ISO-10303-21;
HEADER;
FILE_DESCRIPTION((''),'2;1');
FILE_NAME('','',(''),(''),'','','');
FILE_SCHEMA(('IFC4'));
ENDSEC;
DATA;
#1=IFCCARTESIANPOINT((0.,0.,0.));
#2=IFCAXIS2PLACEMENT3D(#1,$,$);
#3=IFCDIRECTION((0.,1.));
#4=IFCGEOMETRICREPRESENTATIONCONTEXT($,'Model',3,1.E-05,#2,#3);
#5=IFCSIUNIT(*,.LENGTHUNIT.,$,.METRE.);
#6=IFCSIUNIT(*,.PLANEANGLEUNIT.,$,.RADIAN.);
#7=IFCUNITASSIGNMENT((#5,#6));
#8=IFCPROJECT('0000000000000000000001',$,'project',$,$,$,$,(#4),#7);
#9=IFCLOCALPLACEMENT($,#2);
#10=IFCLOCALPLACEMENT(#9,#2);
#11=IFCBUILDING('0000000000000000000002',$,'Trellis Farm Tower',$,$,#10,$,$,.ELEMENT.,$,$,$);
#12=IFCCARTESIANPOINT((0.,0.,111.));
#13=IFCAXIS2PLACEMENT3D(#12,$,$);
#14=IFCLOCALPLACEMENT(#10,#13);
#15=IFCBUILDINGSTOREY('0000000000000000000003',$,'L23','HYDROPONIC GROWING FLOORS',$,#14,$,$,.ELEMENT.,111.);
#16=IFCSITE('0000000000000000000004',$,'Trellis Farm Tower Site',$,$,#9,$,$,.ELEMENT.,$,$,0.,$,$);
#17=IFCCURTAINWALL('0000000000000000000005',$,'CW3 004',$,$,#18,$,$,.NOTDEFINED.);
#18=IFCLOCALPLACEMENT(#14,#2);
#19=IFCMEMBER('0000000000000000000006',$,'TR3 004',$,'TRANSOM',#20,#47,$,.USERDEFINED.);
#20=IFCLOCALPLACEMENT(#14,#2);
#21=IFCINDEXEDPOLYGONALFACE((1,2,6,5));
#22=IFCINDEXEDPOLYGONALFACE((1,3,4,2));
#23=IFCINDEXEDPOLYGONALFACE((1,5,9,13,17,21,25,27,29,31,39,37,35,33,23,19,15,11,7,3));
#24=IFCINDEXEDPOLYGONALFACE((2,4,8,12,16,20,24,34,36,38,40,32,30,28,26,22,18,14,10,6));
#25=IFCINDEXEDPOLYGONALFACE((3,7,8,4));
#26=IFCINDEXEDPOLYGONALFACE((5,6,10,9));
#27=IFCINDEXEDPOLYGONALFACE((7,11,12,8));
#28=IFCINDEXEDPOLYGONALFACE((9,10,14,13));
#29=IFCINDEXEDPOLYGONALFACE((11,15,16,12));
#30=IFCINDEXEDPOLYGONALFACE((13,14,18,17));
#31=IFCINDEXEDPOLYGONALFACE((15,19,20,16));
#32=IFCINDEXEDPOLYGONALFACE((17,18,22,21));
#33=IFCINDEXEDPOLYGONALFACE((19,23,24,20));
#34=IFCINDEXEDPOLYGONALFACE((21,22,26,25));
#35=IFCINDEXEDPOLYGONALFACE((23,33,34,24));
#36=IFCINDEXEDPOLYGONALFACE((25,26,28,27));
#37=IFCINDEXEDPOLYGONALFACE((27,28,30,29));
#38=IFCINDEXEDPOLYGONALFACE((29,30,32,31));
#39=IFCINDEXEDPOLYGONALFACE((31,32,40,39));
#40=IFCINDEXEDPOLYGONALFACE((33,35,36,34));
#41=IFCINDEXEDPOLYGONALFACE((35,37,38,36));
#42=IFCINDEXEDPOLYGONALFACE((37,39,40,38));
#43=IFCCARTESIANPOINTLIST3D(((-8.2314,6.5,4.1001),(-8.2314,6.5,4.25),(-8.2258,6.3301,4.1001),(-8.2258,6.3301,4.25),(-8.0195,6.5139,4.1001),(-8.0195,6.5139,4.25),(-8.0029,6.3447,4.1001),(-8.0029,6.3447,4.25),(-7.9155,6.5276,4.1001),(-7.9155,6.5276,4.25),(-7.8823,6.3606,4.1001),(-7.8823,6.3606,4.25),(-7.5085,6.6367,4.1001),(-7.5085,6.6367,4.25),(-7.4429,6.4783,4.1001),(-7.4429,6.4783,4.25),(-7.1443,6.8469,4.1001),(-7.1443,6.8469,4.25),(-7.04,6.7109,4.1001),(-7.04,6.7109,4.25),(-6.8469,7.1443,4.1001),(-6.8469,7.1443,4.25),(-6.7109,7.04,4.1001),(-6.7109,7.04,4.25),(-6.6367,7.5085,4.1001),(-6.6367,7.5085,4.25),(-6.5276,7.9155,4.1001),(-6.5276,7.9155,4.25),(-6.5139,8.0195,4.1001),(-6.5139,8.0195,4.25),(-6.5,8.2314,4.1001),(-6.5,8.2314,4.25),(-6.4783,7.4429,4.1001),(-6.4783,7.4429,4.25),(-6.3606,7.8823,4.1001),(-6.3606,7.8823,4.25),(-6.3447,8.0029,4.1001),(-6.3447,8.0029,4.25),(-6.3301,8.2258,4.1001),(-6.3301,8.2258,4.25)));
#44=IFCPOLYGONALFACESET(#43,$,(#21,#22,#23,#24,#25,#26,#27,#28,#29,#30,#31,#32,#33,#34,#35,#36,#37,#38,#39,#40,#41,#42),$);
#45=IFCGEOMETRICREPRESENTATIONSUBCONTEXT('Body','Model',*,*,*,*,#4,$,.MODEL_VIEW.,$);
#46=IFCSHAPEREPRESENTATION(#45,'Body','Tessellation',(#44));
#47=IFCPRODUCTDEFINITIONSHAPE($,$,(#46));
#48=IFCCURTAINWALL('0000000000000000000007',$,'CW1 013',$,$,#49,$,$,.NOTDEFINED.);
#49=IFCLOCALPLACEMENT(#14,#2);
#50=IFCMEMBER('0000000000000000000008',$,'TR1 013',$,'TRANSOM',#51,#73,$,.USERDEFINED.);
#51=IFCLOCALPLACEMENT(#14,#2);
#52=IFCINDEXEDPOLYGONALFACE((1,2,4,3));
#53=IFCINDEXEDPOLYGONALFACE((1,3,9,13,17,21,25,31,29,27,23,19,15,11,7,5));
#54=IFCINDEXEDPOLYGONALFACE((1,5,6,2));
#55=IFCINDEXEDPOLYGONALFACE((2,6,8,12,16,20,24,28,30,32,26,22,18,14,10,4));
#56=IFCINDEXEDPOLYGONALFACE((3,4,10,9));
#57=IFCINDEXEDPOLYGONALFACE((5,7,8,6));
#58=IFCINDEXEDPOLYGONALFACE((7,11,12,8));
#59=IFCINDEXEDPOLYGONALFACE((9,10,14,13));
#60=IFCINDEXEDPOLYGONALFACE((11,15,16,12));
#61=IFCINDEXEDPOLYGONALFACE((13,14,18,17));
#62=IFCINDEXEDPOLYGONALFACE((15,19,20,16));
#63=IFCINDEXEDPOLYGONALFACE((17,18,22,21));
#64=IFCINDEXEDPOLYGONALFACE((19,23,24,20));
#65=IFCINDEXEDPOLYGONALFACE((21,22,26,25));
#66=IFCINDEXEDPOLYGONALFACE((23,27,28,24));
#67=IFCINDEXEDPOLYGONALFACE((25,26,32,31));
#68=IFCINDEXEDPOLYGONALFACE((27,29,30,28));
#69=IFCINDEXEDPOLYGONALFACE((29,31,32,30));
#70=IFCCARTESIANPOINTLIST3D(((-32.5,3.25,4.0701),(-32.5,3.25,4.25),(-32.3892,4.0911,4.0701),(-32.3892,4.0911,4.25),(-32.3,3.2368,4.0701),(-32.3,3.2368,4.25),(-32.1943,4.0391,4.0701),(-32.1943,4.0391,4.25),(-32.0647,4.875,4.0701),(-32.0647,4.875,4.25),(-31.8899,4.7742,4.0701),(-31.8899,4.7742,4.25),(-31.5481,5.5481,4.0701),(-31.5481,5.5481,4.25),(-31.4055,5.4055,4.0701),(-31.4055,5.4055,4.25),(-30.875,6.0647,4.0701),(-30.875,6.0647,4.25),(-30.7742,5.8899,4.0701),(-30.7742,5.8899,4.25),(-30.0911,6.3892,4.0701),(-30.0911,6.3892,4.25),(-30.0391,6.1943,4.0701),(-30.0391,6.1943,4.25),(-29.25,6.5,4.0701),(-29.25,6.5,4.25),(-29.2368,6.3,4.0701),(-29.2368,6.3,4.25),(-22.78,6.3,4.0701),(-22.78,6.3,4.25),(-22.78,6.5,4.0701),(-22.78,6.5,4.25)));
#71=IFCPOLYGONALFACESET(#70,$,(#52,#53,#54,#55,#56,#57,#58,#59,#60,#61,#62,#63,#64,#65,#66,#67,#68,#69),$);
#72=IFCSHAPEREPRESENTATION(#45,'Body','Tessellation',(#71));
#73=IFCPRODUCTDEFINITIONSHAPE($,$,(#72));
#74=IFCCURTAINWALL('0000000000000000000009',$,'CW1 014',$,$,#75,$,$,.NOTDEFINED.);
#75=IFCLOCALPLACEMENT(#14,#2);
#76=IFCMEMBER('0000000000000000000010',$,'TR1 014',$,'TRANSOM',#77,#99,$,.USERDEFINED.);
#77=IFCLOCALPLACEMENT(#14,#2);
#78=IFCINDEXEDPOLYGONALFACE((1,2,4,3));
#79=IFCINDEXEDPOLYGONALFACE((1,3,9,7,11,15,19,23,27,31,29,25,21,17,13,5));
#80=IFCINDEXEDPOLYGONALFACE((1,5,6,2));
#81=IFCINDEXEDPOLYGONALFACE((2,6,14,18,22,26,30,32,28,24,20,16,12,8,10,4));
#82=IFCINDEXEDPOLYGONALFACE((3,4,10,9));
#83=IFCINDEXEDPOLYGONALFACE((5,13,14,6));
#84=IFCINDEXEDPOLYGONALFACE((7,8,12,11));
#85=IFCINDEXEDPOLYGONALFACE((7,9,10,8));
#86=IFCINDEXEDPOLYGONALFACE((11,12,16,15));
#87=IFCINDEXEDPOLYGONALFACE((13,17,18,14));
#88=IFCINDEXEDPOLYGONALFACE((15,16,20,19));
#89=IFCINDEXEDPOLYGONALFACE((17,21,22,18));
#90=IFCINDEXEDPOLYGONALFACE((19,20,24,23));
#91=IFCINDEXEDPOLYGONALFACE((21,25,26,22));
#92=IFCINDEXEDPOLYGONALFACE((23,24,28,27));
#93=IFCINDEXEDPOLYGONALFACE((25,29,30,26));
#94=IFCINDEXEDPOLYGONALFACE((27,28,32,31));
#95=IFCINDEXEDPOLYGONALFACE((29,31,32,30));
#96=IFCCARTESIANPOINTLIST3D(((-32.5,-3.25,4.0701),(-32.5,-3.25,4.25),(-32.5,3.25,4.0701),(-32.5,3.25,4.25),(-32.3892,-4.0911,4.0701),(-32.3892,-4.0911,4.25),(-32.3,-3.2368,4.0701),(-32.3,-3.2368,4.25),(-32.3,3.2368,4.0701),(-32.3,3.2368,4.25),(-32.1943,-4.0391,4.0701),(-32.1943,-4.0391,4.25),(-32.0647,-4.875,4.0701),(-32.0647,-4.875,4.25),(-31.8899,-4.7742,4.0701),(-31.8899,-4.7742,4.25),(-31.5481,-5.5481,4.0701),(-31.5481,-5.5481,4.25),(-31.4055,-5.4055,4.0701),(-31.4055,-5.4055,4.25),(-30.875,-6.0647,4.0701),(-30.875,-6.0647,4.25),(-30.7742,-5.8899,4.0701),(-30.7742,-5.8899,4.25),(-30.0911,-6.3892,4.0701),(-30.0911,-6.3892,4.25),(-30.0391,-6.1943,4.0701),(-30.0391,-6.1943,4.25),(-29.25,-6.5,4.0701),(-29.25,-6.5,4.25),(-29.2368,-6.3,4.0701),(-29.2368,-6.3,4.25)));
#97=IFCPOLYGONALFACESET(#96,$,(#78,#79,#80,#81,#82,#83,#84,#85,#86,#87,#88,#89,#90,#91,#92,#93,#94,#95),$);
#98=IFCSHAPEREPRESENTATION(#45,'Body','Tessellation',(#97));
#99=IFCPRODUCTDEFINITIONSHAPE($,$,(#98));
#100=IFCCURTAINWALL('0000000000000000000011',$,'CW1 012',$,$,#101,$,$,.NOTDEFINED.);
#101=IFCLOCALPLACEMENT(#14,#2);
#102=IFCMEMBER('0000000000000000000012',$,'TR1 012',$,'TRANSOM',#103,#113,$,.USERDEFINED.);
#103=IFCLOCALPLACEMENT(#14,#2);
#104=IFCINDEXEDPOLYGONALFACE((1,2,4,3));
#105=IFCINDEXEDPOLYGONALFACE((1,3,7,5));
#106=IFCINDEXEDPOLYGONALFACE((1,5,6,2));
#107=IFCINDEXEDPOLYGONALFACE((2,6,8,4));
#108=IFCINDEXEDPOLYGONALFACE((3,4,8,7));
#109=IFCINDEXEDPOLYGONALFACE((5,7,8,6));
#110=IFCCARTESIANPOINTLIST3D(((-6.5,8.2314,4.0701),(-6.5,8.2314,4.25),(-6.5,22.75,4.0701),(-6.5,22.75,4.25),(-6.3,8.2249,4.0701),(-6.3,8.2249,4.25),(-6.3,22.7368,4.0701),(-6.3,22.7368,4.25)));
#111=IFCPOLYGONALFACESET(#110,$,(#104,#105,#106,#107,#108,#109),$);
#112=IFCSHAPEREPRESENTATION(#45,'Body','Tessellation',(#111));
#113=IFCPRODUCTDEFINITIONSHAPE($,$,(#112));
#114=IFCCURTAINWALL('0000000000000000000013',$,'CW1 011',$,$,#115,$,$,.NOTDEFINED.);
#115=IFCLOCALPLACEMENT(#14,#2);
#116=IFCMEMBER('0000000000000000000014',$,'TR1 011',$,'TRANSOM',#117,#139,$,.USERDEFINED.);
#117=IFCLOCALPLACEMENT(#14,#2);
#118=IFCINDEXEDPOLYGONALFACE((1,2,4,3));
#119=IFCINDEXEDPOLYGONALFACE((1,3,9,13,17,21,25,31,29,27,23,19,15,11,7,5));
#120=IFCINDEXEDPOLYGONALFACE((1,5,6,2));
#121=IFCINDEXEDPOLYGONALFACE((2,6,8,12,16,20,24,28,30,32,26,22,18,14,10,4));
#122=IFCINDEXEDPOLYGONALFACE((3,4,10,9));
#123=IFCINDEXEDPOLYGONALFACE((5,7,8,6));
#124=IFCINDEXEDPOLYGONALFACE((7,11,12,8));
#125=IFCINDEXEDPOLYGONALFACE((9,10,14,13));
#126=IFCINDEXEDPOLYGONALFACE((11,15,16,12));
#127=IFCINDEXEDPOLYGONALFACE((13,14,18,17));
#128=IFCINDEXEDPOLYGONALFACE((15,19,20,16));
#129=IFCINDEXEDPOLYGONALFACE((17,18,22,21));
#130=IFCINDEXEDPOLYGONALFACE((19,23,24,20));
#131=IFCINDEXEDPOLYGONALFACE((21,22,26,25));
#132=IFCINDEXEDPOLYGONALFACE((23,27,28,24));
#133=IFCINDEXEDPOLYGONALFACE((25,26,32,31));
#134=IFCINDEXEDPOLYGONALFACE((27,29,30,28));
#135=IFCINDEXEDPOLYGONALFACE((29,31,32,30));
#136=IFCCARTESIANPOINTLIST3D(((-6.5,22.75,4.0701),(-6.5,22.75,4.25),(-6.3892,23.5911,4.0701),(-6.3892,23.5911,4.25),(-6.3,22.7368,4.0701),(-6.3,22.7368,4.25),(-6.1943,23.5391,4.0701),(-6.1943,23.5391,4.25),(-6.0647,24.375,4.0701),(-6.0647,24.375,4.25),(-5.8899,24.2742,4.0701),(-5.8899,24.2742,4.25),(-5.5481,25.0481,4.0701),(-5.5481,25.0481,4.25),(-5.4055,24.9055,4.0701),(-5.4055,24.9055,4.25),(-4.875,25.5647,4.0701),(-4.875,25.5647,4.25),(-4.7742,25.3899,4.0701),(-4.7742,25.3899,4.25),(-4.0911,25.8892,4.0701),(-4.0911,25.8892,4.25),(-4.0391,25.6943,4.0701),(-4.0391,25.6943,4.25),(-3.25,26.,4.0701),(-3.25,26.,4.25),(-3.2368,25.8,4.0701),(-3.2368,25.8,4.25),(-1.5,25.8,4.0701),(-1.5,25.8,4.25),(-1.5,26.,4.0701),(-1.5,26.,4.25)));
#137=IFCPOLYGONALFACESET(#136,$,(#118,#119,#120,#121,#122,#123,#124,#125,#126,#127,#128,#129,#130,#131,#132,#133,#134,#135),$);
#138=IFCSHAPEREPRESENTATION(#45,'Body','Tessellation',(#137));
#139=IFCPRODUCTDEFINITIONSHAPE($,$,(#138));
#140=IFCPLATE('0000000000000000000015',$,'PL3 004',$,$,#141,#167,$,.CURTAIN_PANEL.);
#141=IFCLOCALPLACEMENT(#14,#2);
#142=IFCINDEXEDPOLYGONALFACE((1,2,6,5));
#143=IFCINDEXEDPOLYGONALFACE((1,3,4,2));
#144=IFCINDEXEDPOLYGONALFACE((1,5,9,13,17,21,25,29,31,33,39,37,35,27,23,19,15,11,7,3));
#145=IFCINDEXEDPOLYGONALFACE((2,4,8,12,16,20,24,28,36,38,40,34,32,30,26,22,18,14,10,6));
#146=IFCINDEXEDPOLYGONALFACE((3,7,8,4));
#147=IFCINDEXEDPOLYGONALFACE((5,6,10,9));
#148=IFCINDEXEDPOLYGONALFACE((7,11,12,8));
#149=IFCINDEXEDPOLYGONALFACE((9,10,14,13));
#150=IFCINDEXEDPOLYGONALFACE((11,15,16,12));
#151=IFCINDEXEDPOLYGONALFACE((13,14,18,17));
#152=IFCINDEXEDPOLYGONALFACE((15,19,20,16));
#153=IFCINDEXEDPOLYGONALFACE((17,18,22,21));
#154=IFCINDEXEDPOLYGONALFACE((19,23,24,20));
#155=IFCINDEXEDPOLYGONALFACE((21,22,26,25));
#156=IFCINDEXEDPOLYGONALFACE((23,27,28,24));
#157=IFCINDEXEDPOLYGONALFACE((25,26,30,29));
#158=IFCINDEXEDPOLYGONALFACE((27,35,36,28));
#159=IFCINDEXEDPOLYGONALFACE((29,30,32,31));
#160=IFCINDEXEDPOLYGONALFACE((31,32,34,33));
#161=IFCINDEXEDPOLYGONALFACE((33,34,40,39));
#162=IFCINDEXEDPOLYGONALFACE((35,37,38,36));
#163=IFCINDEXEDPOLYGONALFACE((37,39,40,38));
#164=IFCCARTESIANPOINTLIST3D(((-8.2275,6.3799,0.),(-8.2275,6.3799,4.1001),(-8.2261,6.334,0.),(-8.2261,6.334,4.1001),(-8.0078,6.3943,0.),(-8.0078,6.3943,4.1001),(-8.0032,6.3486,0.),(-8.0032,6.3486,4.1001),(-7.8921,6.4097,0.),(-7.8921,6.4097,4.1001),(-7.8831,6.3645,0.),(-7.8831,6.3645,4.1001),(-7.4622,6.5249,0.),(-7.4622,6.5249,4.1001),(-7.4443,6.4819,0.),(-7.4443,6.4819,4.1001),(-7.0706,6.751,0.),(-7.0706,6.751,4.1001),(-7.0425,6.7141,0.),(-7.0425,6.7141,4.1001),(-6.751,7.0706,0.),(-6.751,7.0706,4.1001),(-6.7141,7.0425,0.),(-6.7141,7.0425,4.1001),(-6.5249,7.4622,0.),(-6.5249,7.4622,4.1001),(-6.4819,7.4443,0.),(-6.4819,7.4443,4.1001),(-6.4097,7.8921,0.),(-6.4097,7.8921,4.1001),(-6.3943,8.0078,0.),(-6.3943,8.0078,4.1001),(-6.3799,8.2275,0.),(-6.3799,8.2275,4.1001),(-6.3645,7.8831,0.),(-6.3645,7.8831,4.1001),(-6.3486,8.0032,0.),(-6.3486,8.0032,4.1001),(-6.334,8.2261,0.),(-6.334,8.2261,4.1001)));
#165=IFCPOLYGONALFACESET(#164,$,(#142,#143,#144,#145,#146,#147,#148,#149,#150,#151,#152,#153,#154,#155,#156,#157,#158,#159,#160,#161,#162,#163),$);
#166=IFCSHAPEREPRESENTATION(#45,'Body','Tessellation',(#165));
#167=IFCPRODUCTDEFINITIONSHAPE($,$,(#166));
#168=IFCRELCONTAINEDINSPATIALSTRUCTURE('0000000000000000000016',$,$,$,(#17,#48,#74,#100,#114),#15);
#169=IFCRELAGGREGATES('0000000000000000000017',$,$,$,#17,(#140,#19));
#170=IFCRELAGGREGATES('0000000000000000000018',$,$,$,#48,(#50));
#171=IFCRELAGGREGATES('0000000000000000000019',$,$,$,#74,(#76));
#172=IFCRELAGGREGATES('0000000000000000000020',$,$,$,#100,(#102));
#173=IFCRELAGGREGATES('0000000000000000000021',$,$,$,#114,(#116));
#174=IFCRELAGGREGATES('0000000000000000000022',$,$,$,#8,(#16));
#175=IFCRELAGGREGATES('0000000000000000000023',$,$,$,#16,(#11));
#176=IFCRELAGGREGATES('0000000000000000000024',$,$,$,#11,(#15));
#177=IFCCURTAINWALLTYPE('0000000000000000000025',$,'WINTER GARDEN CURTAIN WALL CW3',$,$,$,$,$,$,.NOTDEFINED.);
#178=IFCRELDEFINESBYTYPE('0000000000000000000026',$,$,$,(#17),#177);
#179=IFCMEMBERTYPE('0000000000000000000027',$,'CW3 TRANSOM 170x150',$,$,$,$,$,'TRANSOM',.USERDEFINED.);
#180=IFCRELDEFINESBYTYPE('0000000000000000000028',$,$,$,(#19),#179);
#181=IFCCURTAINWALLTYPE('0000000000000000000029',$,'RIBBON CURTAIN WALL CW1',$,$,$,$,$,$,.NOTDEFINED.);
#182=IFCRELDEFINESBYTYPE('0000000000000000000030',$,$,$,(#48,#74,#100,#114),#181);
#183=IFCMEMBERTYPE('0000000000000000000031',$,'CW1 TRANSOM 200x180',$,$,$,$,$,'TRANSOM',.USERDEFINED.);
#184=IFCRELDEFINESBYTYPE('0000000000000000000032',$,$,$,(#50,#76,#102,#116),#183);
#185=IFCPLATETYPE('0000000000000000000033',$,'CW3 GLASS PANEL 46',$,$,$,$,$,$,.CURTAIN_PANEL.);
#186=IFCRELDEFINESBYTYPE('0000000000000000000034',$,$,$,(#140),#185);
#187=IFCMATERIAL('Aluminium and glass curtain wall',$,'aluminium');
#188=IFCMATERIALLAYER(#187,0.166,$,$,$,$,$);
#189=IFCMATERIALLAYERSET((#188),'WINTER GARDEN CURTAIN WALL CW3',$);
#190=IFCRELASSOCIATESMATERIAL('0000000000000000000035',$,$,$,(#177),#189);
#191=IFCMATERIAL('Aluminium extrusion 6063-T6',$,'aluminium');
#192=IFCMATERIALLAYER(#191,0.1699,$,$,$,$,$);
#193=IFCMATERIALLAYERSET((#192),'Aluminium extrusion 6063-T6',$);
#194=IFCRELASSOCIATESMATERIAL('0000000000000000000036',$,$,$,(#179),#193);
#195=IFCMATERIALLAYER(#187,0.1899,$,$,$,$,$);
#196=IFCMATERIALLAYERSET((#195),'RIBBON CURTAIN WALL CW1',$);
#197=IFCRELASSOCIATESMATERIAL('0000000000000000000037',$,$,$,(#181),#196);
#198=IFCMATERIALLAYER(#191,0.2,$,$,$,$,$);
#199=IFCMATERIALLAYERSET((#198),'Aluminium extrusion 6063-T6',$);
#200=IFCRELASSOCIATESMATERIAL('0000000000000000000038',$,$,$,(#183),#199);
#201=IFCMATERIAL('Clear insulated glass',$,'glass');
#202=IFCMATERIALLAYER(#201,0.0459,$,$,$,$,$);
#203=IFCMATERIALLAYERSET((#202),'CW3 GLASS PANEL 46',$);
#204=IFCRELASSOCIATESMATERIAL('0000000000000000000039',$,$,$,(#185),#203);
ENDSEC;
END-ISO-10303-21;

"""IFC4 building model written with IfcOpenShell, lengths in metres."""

from ifc_helpers import new_model, si_unit, direction, frame, origin, place, context, subcontext, project, spatial, polyline, outline, extrude, source, transform, mapped, material, layer, layer_set, type_object, element, aggregate, save


model = new_model("IFC4")

# Units and contexts
model_context = context("Model", 3, precision=1e-05, world=origin(), true_north=direction((0.0, 1.0)))
body_context = subcontext(model_context, "Body", "Model", "MODEL_VIEW")
ifc_project = project(units=[si_unit("LENGTHUNIT", "METRE"), si_unit("PLANEANGLEUNIT", "RADIAN")], contexts=[model_context])

# Site, building, storey
site_placement = place(None, origin())
site = spatial("IfcSite", under=ifc_project, at=site_placement, Name="Trellis Farm Tower Site", CompositionType="ELEMENT", RefElevation=0.0)
building_placement = place(site_placement, origin())
building = spatial("IfcBuilding", under=site, at=building_placement, Name="Trellis Farm Tower", CompositionType="ELEMENT")
storey_placement = place(building_placement, frame((0.0, 0.0, 111.0)))
storey = spatial("IfcBuildingStorey", under=building, at=storey_placement, Name="L23", Description="HYDROPONIC GROWING FLOORS", CompositionType="ELEMENT", Elevation=111.0)

# Curtain walls, members
ifc_material_1 = material(Name="Aluminium and glass curtain wall", Category="aluminium")
ifc_layer_1 = layer(ifc_material_1, 0.166)
ifc_layer_set_1 = layer_set([ifc_layer_1], Name="WINTER GARDEN CURTAIN WALL CW3")
curtain_wall_type_1 = type_object("IfcCurtainWallType", Name="WINTER GARDEN CURTAIN WALL CW3", PredefinedType="NOTDEFINED", material=ifc_layer_set_1)
placement_1 = place(storey_placement, origin())
curtain_wall_1 = element("IfcCurtainWall", 1, at=placement_1, inside=storey, type_object=curtain_wall_type_1, Name="CW3 004", PredefinedType="NOTDEFINED")
ifc_material_2 = material(Name="Aluminium extrusion 6063-T6", Category="aluminium")
ifc_layer_2 = layer(ifc_material_2, 0.1699)
ifc_layer_set_2 = layer_set([ifc_layer_2], Name="Aluminium extrusion 6063-T6")
member_type_1 = type_object("IfcMemberType", Name="CW3 TRANSOM 170x150", ElementType="TRANSOM", PredefinedType="USERDEFINED", material=ifc_layer_set_2)
shared_shape_1 = source(origin(), body_context, "Body", "SweptSolid", [
    extrude(outline(polyline([(-6.5, 8.2314), (-6.5139, 8.0195), (-6.5276, 7.9155), (-6.6367, 7.5085), (-6.8469, 7.1443), (-7.1443, 6.8469), (-7.5085, 6.6367), (-7.9155, 6.5276), (-8.0195, 6.5139), (-8.2314, 6.5), (-8.2258, 6.3301), (-8.0029, 6.3447), (-7.8823, 6.3606), (-7.4429, 6.4783), (-7.04, 6.7109), (-6.7109, 7.04), (-6.4783, 7.4429), (-6.3606, 7.8823), (-6.3447, 8.0029), (-6.3301, 8.2258), (-6.5, 8.2314)])), origin(), (0.0, 0.0, 1.0), 0.1499),
])
member_1_placement = place(storey_placement, frame((0.0, 0.0, 4.1001)))
member_1 = element("IfcMember", 2, at=member_1_placement, type_object=member_type_1, Name="TR3 004", ObjectType="TRANSOM", PredefinedType="USERDEFINED", context=body_context, shape_type="MappedRepresentation", body=[
    mapped(shared_shape_1, transform((0.0, 0.0, 0.0))),
])
ifc_layer_3 = layer(ifc_material_1, 0.1899)
ifc_layer_set_3 = layer_set([ifc_layer_3], Name="RIBBON CURTAIN WALL CW1")
curtain_wall_type_2 = type_object("IfcCurtainWallType", Name="RIBBON CURTAIN WALL CW1", PredefinedType="NOTDEFINED", material=ifc_layer_set_3)
curtain_wall_2 = element("IfcCurtainWall", 3, at=placement_1, inside=storey, type_object=curtain_wall_type_2, Name="CW1 013", PredefinedType="NOTDEFINED")
ifc_layer_4 = layer(ifc_material_2, 0.2)
ifc_layer_set_4 = layer_set([ifc_layer_4], Name="Aluminium extrusion 6063-T6")
member_type_2 = type_object("IfcMemberType", Name="CW1 TRANSOM 200x180", ElementType="TRANSOM", PredefinedType="USERDEFINED", material=ifc_layer_set_4)
shared_shape_2 = source(origin(), body_context, "Body", "SweptSolid", [
    extrude(outline(polyline([(-22.78, 6.5), (-29.25, 6.5), (-30.0911, 6.3892), (-30.875, 6.0647), (-31.5481, 5.5481), (-32.0647, 4.875), (-32.3892, 4.0911), (-32.5, 3.25), (-32.3, 3.2368), (-32.1943, 4.0391), (-31.8899, 4.7742), (-31.4055, 5.4055), (-30.7742, 5.8899), (-30.0391, 6.1943), (-29.2368, 6.3), (-22.78, 6.3), (-22.78, 6.5)])), origin(), (0.0, 0.0, 1.0), 0.1799),
])
placement_2 = place(storey_placement, frame((0.0, 0.0, 4.0701)))
member_2 = element("IfcMember", 4, at=placement_2, type_object=member_type_2, Name="TR1 013", ObjectType="TRANSOM", PredefinedType="USERDEFINED", context=body_context, shape_type="MappedRepresentation", body=[
    mapped(shared_shape_2, transform((0.0, 0.0, 0.0))),
])
curtain_wall_3 = element("IfcCurtainWall", 5, at=placement_1, inside=storey, type_object=curtain_wall_type_2, Name="CW1 014", PredefinedType="NOTDEFINED")
shared_shape_3 = source(origin(), body_context, "Body", "SweptSolid", [
    extrude(outline(polyline([(-32.5, 3.25), (-32.5, -3.25), (-32.3892, -4.0911), (-32.0647, -4.875), (-31.5481, -5.5481), (-30.875, -6.0647), (-30.0911, -6.3892), (-29.25, -6.5), (-29.2368, -6.3), (-30.0391, -6.1943), (-30.7742, -5.8899), (-31.4055, -5.4055), (-31.8899, -4.7742), (-32.1943, -4.0391), (-32.3, -3.2368), (-32.3, 3.2368), (-32.5, 3.25)])), origin(), (0.0, 0.0, 1.0), 0.1799),
])
member_3 = element("IfcMember", 6, at=placement_2, type_object=member_type_2, Name="TR1 014", ObjectType="TRANSOM", PredefinedType="USERDEFINED", context=body_context, shape_type="MappedRepresentation", body=[
    mapped(shared_shape_3, transform((0.0, 0.0, 0.0))),
])
curtain_wall_4 = element("IfcCurtainWall", 7, at=placement_1, inside=storey, type_object=curtain_wall_type_2, Name="CW1 012", PredefinedType="NOTDEFINED")
shared_shape_4 = source(origin(), body_context, "Body", "SweptSolid", [
    extrude(outline(polyline([(-6.5, 22.75), (-6.5, 8.2314), (-6.3, 8.2249), (-6.3, 22.7368), (-6.5, 22.75)])), origin(), (0.0, 0.0, 1.0), 0.1799),
])
member_4 = element("IfcMember", 8, at=placement_2, type_object=member_type_2, Name="TR1 012", ObjectType="TRANSOM", PredefinedType="USERDEFINED", context=body_context, shape_type="MappedRepresentation", body=[
    mapped(shared_shape_4, transform((0.0, 0.0, 0.0))),
])
curtain_wall_5 = element("IfcCurtainWall", 9, at=placement_1, inside=storey, type_object=curtain_wall_type_2, Name="CW1 011", PredefinedType="NOTDEFINED")
shared_shape_5 = source(origin(), body_context, "Body", "SweptSolid", [
    extrude(outline(polyline([(-1.5, 26.0), (-3.25, 26.0), (-4.0911, 25.8892), (-4.875, 25.5647), (-5.5481, 25.0481), (-6.0647, 24.375), (-6.3892, 23.5911), (-6.5, 22.75), (-6.3, 22.7368), (-6.1943, 23.5391), (-5.8899, 24.2742), (-5.4055, 24.9055), (-4.7742, 25.3899), (-4.0391, 25.6943), (-3.2368, 25.8), (-1.5, 25.8), (-1.5, 26.0)])), origin(), (0.0, 0.0, 1.0), 0.1799),
])
member_5 = element("IfcMember", 10, at=placement_2, type_object=member_type_2, Name="TR1 011", ObjectType="TRANSOM", PredefinedType="USERDEFINED", context=body_context, shape_type="MappedRepresentation", body=[
    mapped(shared_shape_5, transform((0.0, 0.0, 0.0))),
])

# Plate
ifc_material_3 = material(Name="Clear insulated glass", Category="glass")
ifc_layer_5 = layer(ifc_material_3, 0.0459)
ifc_layer_set_5 = layer_set([ifc_layer_5], Name="CW3 GLASS PANEL 46")
plate_type_1 = type_object("IfcPlateType", Name="CW3 GLASS PANEL 46", PredefinedType="CURTAIN_PANEL", material=ifc_layer_set_5)
shared_shape_6 = source(origin(), body_context, "Body", "SweptSolid", [
    extrude(outline(polyline([(-6.3799, 8.2275), (-6.3943, 8.0078), (-6.4097, 7.8921), (-6.5249, 7.4622), (-6.751, 7.0706), (-7.0706, 6.751), (-7.4622, 6.5249), (-7.8921, 6.4097), (-8.0078, 6.3943), (-8.2275, 6.3799), (-8.2261, 6.334), (-8.0032, 6.3486), (-7.8831, 6.3645), (-7.4443, 6.4819), (-7.0425, 6.7141), (-6.7141, 7.0425), (-6.4819, 7.4443), (-6.3645, 7.8831), (-6.3486, 8.0032), (-6.334, 8.2261), (-6.3799, 8.2275)])), origin(), (0.0, 0.0, 1.0), 4.1001),
])
plate_1 = element("IfcPlate", 11, at=placement_1, type_object=plate_type_1, Name="PL3 004", PredefinedType="CURTAIN_PANEL", context=body_context, shape_type="MappedRepresentation", body=[
    mapped(shared_shape_6, transform((0.0, 0.0, 0.0))),
])
aggregate(curtain_wall_1, [plate_1, member_1])
aggregate(curtain_wall_2, [member_2])
aggregate(curtain_wall_3, [member_3])
aggregate(curtain_wall_4, [member_4])
aggregate(curtain_wall_5, [member_5])

save(model, "model.ifc")
